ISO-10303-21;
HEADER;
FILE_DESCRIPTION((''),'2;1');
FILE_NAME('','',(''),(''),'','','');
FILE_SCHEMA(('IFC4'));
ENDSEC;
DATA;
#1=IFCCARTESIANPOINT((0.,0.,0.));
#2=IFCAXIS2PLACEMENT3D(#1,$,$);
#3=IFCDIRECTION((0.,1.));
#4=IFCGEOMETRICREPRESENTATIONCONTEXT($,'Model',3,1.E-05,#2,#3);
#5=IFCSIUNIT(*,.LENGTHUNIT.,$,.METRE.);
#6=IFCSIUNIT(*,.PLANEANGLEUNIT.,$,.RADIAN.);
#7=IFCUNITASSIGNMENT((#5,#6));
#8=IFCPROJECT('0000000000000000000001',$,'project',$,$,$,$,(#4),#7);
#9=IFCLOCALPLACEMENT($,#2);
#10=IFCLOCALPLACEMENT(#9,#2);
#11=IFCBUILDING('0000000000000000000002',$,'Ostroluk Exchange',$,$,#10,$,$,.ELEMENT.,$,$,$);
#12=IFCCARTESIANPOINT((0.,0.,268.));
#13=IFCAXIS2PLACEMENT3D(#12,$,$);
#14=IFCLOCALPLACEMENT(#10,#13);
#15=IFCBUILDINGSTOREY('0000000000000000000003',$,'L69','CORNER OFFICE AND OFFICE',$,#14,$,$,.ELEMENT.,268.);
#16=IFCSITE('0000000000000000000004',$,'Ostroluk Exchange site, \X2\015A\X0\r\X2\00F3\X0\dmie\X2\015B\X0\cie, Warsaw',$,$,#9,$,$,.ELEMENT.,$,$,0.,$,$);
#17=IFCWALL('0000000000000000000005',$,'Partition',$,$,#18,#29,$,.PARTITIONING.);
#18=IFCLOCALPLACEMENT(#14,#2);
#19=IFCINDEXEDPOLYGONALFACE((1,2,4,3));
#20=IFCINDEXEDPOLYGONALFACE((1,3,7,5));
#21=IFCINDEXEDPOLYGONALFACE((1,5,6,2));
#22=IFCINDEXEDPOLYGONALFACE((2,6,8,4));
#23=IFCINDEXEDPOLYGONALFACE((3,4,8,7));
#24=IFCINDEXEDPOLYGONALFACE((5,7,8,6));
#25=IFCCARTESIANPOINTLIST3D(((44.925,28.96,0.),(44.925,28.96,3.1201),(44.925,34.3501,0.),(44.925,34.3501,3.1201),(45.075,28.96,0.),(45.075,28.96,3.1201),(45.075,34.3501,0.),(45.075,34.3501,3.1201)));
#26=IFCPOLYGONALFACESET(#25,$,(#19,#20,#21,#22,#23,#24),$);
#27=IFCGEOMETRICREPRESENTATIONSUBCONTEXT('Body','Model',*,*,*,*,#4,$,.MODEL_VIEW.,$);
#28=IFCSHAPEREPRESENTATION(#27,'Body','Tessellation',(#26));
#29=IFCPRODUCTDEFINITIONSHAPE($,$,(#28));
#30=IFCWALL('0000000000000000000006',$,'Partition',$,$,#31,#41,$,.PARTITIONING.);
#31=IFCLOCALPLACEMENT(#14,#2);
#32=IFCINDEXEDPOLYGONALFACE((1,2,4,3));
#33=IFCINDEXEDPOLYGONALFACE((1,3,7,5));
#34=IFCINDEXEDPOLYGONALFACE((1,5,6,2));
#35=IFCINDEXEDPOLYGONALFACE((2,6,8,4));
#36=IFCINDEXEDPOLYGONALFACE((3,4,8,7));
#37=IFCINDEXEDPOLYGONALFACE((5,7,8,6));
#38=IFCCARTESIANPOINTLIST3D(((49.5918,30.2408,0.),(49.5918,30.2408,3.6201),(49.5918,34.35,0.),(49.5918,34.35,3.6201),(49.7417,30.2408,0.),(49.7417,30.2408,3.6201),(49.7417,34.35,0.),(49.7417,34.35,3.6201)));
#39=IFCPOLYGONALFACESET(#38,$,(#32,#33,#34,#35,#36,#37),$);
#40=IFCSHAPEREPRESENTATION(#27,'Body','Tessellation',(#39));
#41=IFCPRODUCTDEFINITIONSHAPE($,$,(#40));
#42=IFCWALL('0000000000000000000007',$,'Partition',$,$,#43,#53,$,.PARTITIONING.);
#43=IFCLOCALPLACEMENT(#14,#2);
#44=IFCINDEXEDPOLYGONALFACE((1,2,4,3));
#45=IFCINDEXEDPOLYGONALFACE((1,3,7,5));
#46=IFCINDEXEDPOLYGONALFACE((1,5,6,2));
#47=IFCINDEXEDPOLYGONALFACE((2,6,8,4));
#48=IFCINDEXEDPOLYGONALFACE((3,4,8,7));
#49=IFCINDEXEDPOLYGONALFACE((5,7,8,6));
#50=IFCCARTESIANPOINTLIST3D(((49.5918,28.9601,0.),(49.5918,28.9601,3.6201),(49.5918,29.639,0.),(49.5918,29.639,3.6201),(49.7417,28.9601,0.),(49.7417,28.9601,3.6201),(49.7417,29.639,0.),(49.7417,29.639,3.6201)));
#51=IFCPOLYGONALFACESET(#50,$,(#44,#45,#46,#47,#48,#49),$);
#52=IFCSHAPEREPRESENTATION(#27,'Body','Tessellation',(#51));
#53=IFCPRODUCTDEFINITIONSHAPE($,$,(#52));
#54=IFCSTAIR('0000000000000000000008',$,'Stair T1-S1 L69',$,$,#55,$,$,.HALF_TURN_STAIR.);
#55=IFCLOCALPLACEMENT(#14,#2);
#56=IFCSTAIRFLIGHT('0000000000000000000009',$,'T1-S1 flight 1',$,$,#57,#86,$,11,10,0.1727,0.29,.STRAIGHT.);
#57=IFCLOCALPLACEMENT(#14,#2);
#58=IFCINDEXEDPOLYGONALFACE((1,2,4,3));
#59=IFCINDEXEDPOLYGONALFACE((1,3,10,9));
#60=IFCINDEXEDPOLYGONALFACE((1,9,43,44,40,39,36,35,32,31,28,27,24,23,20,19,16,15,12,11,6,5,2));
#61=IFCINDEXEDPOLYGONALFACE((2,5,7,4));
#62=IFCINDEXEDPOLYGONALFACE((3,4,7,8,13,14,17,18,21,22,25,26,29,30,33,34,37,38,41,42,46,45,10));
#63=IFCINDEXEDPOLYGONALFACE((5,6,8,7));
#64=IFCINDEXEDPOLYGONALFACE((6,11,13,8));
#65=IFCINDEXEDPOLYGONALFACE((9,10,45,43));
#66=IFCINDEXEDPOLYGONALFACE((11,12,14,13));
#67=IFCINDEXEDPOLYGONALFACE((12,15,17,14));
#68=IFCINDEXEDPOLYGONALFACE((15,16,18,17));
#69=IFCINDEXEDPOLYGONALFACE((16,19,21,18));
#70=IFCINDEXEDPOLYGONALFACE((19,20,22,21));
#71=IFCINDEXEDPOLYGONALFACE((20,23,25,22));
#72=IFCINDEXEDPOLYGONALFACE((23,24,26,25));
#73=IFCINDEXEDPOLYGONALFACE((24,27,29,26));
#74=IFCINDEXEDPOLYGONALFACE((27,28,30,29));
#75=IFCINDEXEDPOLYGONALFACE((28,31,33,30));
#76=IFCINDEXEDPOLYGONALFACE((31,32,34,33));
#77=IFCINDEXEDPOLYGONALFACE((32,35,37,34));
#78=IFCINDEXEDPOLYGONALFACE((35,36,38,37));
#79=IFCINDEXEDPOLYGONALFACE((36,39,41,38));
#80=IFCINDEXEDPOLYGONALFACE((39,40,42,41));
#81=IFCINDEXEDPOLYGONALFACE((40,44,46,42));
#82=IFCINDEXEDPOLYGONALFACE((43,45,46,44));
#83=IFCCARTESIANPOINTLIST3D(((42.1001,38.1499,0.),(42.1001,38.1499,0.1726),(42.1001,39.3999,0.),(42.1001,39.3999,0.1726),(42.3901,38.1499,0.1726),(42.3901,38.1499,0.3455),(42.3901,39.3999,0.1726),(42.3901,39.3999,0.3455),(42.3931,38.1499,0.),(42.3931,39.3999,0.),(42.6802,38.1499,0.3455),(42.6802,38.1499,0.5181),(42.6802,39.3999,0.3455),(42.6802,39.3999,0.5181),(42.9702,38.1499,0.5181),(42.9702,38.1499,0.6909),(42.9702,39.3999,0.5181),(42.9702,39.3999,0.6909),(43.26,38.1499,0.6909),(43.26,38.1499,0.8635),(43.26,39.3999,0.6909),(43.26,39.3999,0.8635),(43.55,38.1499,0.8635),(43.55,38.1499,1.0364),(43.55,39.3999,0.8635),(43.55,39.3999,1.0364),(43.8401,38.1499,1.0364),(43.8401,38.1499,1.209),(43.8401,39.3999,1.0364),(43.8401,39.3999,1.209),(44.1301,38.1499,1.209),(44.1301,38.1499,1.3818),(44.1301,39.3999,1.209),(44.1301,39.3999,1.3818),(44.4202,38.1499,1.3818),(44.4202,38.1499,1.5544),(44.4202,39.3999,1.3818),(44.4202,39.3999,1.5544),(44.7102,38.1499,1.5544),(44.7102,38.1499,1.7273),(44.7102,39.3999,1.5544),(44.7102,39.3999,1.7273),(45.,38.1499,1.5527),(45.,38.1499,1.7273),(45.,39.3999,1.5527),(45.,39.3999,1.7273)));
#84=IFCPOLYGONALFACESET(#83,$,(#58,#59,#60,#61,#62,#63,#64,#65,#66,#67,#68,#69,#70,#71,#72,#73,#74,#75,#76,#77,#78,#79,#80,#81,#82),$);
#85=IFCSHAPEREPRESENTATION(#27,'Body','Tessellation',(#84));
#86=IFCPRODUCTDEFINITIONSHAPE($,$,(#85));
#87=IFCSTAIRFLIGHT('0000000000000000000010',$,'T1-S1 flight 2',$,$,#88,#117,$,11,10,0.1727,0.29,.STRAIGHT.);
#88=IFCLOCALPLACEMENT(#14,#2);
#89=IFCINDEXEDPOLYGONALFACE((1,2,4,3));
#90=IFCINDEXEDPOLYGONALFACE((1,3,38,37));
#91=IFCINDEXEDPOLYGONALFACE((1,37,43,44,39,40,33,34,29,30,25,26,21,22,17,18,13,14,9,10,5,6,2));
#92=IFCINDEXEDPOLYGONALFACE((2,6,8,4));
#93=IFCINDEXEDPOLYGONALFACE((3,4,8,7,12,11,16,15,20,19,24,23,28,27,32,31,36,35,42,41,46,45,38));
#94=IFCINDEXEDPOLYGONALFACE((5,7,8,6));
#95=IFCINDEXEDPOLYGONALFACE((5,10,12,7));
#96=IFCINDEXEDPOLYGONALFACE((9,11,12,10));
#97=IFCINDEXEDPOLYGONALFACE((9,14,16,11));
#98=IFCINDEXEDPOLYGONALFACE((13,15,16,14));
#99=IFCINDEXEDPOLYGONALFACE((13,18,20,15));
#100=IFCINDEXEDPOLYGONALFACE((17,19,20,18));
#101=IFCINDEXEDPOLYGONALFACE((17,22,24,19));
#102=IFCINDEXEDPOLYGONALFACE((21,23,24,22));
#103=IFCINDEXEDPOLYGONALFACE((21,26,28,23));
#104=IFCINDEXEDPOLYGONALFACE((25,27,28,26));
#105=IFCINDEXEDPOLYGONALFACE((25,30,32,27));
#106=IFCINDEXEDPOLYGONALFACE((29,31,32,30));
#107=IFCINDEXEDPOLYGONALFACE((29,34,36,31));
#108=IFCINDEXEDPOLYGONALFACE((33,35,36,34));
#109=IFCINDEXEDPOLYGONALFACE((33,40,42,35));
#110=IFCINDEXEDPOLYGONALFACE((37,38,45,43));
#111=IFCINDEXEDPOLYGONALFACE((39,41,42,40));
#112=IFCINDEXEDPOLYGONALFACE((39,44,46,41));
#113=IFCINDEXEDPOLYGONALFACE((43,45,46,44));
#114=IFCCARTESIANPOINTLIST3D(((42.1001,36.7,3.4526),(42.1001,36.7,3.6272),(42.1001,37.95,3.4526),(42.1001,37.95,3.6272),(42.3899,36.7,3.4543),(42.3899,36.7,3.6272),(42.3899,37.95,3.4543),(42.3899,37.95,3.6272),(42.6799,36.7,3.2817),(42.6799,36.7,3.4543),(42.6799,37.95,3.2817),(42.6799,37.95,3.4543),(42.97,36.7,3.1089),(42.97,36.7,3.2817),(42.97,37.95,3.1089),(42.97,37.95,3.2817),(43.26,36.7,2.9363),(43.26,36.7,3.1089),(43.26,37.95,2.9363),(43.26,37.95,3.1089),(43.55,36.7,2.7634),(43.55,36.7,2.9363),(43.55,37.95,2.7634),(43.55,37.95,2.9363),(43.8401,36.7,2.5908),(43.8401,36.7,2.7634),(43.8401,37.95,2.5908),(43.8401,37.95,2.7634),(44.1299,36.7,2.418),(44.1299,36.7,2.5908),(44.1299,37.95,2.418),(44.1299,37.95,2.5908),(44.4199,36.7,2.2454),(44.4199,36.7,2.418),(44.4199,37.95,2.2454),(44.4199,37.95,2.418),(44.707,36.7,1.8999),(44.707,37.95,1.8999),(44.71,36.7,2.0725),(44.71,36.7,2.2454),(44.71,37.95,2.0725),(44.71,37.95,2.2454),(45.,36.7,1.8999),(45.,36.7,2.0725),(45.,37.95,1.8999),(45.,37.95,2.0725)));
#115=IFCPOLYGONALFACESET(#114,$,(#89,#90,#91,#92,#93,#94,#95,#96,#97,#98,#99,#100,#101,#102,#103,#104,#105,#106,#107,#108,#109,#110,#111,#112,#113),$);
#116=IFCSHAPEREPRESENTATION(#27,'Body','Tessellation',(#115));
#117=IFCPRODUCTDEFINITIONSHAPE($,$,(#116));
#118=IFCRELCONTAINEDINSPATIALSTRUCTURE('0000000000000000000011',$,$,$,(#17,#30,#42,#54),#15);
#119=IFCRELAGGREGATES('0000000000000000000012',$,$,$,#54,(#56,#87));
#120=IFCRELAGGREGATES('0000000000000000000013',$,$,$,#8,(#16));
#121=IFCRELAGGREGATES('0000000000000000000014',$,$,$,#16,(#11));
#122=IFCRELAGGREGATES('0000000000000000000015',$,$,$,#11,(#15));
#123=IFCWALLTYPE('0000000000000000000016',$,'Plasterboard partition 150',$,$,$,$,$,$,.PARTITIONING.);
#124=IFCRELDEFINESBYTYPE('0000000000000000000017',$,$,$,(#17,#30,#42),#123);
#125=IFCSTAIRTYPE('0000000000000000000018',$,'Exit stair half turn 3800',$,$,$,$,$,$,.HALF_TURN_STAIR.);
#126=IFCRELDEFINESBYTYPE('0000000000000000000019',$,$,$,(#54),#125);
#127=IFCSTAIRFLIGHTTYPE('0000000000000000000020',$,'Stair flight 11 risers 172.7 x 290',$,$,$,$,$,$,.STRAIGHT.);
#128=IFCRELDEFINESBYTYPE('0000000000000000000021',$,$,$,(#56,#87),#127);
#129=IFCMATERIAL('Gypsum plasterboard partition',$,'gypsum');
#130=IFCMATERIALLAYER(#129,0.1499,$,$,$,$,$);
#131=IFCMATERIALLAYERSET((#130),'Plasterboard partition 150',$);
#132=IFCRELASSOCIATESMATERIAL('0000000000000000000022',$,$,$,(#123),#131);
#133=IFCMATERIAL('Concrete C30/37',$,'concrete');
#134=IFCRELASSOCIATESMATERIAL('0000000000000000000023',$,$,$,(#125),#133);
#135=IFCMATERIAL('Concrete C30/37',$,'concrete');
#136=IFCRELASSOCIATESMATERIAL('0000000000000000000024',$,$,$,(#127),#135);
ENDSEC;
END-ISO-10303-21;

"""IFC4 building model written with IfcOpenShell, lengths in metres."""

from ifc_helpers import new_model, si_unit, direction, frame, frame_2d, origin, place, context, subcontext, project, spatial, polyline, rectangle, outline, extrude, material, layer, layer_set, type_object, element, aggregate, save


model = new_model("IFC4")

# Units and contexts
model_context = context("Model", 3, precision=1e-05, world=origin(), true_north=direction((0.0, 1.0)))
body_context = subcontext(model_context, "Body", "Model", "MODEL_VIEW")
ifc_project = project(units=[si_unit("LENGTHUNIT", "METRE"), si_unit("PLANEANGLEUNIT", "RADIAN")], contexts=[model_context])

# Site, building, storey
site_placement = place(None, origin())
site = spatial("IfcSite", under=ifc_project, at=site_placement, Name="Ostroluk Exchange site, Śródmieście, Warsaw", CompositionType="ELEMENT", RefElevation=0.0)
building_placement = place(site_placement, origin())
building = spatial("IfcBuilding", under=site, at=building_placement, Name="Ostroluk Exchange", CompositionType="ELEMENT")
storey_placement = place(building_placement, frame((0.0, 0.0, 268.0)))
storey = spatial("IfcBuildingStorey", under=building, at=storey_placement, Name="L69", Description="CORNER OFFICE AND OFFICE", CompositionType="ELEMENT", Elevation=268.0)

# Walls
ifc_material_1 = material(Name="Gypsum plasterboard partition", Category="gypsum")
ifc_layer_1 = layer(ifc_material_1, 0.1499)
ifc_layer_set_1 = layer_set([ifc_layer_1], Name="Plasterboard partition 150")
wall_type_1 = type_object("IfcWallType", Name="Plasterboard partition 150", PredefinedType="PARTITIONING", material=ifc_layer_set_1)
wall_1_placement = place(storey_placement, frame((45.0, 34.3501, 0.0), z_axis=(0.0, 0.0, 1.0), x_axis=(0.0, -1.0, 0.0)))
element("IfcWall", 1, at=wall_1_placement, inside=storey, type_object=wall_type_1, Name="Partition", PredefinedType="PARTITIONING", context=body_context, shape_type="SweptSolid", body=[
    extrude(rectangle(XDim=5.3901, YDim=0.1499, at=frame_2d((2.6951, 0.0))), origin(), (0.0, 0.0, 1.0), 3.1201),
])
wall_2_placement = place(storey_placement, frame((49.6667, 34.3501, 0.0), z_axis=(0.0, 0.0, 1.0), x_axis=(0.0, -1.0, 0.0)))
element("IfcWall", 2, at=wall_2_placement, inside=storey, type_object=wall_type_1, Name="Partition", PredefinedType="PARTITIONING", context=body_context, shape_type="SweptSolid", body=[
    extrude(rectangle(XDim=4.1091, YDim=0.1499, at=frame_2d((2.0547, 0.0))), origin(), (0.0, 0.0, 1.0), 3.6201),
])
wall_3_placement = place(storey_placement, frame((49.6667, 29.6389, 0.0), z_axis=(0.0, 0.0, 1.0), x_axis=(0.0, -1.0, 0.0)))
element("IfcWall", 3, at=wall_3_placement, inside=storey, type_object=wall_type_1, Name="Partition", PredefinedType="PARTITIONING", context=body_context, shape_type="SweptSolid", body=[
    extrude(rectangle(XDim=0.679, YDim=0.1499, at=frame_2d((0.3394, 0.0))), origin(), (0.0, 0.0, 1.0), 3.6201),
])

# Stair, stair flights
ifc_material_2 = material(Name="Concrete C30/37", Category="concrete")
stair_type = type_object("IfcStairType", Name="Exit stair half turn 3800", PredefinedType="HALF_TURN_STAIR", material=ifc_material_2)
stair_placement = place(storey_placement, origin())
stair = element("IfcStair", 4, at=stair_placement, inside=storey, type_object=stair_type, Name="Stair T1-S1 L69", PredefinedType="HALF_TURN_STAIR")
ifc_material_3 = material(Name="Concrete C30/37", Category="concrete")
stair_flight_type = type_object("IfcStairFlightType", Name="Stair flight 11 risers 172.7 x 290", PredefinedType="STRAIGHT", material=ifc_material_3)
stair_flight_1_placement = place(storey_placement, frame((42.1001, 38.7749, 0.0), z_axis=(0.0, 0.0, 1.0), x_axis=(1.0, 0.0, 0.0)))
stair_flight_1 = element("IfcStairFlight", 5, at=stair_flight_1_placement, type_object=stair_flight_type, Name="T1-S1 flight 1", NumberOfRisers=11, NumberOfTreads=10, PredefinedType="STRAIGHT", RiserHeight=0.1727, TreadLength=0.29, context=body_context, shape_type="SweptSolid", body=[
    extrude(outline(polyline([(0.0, 0.0), (0.0, 0.1726), (0.29, 0.1726), (0.29, 0.3455), (0.5801, 0.3455), (0.5801, 0.5181), (0.8701, 0.5181), (0.8701, 0.6909), (1.1599, 0.6909), (1.1599, 0.8635), (1.45, 0.8635), (1.45, 1.0364), (1.74, 1.0364), (1.74, 1.209), (2.03, 1.209), (2.03, 1.3818), (2.3201, 1.3818), (2.3201, 1.5544), (2.6101, 1.5544), (2.6101, 1.7273), (2.8999, 1.7273), (2.8999, 1.8999), (2.8999, 1.5527), (0.293, 0.0), (0.0, 0.0)])), frame((0.0, 0.625, 0.0), z_axis=(0.0, -1.0, 0.0), x_axis=(1.0, 0.0, 0.0)), (0.0, 0.0, 1.0), 1.25),
])
stair_flight_2_placement = place(storey_placement, frame((45.0, 37.325, 1.8999), z_axis=(0.0, 0.0, 1.0), x_axis=(-1.0, 0.0, 0.0)))
stair_flight_2 = element("IfcStairFlight", 6, at=stair_flight_2_placement, type_object=stair_flight_type, Name="T1-S1 flight 2", NumberOfRisers=11, NumberOfTreads=10, PredefinedType="STRAIGHT", RiserHeight=0.1727, TreadLength=0.29, context=body_context, shape_type="SweptSolid", body=[
    extrude(outline(polyline([(0.0, 0.0), (0.0, 0.1726), (0.29, 0.1726), (0.29, 0.3455), (0.5801, 0.3455), (0.5801, 0.5181), (0.8701, 0.5181), (0.8701, 0.6909), (1.1599, 0.6909), (1.1599, 0.8635), (1.45, 0.8635), (1.45, 1.0364), (1.74, 1.0364), (1.74, 1.209), (2.03, 1.209), (2.03, 1.3818), (2.3201, 1.3818), (2.3201, 1.5544), (2.6101, 1.5544), (2.6101, 1.7273), (2.8999, 1.7273), (2.8999, 1.8999), (2.8999, 1.5527), (0.293, 0.0), (0.0, 0.0)])), frame((0.0, 0.625, 0.0), z_axis=(0.0, -1.0, 0.0), x_axis=(1.0, 0.0, 0.0)), (0.0, 0.0, 1.0), 1.25),
])
aggregate(stair, [stair_flight_1, stair_flight_2])

save(model, "model.ifc")
